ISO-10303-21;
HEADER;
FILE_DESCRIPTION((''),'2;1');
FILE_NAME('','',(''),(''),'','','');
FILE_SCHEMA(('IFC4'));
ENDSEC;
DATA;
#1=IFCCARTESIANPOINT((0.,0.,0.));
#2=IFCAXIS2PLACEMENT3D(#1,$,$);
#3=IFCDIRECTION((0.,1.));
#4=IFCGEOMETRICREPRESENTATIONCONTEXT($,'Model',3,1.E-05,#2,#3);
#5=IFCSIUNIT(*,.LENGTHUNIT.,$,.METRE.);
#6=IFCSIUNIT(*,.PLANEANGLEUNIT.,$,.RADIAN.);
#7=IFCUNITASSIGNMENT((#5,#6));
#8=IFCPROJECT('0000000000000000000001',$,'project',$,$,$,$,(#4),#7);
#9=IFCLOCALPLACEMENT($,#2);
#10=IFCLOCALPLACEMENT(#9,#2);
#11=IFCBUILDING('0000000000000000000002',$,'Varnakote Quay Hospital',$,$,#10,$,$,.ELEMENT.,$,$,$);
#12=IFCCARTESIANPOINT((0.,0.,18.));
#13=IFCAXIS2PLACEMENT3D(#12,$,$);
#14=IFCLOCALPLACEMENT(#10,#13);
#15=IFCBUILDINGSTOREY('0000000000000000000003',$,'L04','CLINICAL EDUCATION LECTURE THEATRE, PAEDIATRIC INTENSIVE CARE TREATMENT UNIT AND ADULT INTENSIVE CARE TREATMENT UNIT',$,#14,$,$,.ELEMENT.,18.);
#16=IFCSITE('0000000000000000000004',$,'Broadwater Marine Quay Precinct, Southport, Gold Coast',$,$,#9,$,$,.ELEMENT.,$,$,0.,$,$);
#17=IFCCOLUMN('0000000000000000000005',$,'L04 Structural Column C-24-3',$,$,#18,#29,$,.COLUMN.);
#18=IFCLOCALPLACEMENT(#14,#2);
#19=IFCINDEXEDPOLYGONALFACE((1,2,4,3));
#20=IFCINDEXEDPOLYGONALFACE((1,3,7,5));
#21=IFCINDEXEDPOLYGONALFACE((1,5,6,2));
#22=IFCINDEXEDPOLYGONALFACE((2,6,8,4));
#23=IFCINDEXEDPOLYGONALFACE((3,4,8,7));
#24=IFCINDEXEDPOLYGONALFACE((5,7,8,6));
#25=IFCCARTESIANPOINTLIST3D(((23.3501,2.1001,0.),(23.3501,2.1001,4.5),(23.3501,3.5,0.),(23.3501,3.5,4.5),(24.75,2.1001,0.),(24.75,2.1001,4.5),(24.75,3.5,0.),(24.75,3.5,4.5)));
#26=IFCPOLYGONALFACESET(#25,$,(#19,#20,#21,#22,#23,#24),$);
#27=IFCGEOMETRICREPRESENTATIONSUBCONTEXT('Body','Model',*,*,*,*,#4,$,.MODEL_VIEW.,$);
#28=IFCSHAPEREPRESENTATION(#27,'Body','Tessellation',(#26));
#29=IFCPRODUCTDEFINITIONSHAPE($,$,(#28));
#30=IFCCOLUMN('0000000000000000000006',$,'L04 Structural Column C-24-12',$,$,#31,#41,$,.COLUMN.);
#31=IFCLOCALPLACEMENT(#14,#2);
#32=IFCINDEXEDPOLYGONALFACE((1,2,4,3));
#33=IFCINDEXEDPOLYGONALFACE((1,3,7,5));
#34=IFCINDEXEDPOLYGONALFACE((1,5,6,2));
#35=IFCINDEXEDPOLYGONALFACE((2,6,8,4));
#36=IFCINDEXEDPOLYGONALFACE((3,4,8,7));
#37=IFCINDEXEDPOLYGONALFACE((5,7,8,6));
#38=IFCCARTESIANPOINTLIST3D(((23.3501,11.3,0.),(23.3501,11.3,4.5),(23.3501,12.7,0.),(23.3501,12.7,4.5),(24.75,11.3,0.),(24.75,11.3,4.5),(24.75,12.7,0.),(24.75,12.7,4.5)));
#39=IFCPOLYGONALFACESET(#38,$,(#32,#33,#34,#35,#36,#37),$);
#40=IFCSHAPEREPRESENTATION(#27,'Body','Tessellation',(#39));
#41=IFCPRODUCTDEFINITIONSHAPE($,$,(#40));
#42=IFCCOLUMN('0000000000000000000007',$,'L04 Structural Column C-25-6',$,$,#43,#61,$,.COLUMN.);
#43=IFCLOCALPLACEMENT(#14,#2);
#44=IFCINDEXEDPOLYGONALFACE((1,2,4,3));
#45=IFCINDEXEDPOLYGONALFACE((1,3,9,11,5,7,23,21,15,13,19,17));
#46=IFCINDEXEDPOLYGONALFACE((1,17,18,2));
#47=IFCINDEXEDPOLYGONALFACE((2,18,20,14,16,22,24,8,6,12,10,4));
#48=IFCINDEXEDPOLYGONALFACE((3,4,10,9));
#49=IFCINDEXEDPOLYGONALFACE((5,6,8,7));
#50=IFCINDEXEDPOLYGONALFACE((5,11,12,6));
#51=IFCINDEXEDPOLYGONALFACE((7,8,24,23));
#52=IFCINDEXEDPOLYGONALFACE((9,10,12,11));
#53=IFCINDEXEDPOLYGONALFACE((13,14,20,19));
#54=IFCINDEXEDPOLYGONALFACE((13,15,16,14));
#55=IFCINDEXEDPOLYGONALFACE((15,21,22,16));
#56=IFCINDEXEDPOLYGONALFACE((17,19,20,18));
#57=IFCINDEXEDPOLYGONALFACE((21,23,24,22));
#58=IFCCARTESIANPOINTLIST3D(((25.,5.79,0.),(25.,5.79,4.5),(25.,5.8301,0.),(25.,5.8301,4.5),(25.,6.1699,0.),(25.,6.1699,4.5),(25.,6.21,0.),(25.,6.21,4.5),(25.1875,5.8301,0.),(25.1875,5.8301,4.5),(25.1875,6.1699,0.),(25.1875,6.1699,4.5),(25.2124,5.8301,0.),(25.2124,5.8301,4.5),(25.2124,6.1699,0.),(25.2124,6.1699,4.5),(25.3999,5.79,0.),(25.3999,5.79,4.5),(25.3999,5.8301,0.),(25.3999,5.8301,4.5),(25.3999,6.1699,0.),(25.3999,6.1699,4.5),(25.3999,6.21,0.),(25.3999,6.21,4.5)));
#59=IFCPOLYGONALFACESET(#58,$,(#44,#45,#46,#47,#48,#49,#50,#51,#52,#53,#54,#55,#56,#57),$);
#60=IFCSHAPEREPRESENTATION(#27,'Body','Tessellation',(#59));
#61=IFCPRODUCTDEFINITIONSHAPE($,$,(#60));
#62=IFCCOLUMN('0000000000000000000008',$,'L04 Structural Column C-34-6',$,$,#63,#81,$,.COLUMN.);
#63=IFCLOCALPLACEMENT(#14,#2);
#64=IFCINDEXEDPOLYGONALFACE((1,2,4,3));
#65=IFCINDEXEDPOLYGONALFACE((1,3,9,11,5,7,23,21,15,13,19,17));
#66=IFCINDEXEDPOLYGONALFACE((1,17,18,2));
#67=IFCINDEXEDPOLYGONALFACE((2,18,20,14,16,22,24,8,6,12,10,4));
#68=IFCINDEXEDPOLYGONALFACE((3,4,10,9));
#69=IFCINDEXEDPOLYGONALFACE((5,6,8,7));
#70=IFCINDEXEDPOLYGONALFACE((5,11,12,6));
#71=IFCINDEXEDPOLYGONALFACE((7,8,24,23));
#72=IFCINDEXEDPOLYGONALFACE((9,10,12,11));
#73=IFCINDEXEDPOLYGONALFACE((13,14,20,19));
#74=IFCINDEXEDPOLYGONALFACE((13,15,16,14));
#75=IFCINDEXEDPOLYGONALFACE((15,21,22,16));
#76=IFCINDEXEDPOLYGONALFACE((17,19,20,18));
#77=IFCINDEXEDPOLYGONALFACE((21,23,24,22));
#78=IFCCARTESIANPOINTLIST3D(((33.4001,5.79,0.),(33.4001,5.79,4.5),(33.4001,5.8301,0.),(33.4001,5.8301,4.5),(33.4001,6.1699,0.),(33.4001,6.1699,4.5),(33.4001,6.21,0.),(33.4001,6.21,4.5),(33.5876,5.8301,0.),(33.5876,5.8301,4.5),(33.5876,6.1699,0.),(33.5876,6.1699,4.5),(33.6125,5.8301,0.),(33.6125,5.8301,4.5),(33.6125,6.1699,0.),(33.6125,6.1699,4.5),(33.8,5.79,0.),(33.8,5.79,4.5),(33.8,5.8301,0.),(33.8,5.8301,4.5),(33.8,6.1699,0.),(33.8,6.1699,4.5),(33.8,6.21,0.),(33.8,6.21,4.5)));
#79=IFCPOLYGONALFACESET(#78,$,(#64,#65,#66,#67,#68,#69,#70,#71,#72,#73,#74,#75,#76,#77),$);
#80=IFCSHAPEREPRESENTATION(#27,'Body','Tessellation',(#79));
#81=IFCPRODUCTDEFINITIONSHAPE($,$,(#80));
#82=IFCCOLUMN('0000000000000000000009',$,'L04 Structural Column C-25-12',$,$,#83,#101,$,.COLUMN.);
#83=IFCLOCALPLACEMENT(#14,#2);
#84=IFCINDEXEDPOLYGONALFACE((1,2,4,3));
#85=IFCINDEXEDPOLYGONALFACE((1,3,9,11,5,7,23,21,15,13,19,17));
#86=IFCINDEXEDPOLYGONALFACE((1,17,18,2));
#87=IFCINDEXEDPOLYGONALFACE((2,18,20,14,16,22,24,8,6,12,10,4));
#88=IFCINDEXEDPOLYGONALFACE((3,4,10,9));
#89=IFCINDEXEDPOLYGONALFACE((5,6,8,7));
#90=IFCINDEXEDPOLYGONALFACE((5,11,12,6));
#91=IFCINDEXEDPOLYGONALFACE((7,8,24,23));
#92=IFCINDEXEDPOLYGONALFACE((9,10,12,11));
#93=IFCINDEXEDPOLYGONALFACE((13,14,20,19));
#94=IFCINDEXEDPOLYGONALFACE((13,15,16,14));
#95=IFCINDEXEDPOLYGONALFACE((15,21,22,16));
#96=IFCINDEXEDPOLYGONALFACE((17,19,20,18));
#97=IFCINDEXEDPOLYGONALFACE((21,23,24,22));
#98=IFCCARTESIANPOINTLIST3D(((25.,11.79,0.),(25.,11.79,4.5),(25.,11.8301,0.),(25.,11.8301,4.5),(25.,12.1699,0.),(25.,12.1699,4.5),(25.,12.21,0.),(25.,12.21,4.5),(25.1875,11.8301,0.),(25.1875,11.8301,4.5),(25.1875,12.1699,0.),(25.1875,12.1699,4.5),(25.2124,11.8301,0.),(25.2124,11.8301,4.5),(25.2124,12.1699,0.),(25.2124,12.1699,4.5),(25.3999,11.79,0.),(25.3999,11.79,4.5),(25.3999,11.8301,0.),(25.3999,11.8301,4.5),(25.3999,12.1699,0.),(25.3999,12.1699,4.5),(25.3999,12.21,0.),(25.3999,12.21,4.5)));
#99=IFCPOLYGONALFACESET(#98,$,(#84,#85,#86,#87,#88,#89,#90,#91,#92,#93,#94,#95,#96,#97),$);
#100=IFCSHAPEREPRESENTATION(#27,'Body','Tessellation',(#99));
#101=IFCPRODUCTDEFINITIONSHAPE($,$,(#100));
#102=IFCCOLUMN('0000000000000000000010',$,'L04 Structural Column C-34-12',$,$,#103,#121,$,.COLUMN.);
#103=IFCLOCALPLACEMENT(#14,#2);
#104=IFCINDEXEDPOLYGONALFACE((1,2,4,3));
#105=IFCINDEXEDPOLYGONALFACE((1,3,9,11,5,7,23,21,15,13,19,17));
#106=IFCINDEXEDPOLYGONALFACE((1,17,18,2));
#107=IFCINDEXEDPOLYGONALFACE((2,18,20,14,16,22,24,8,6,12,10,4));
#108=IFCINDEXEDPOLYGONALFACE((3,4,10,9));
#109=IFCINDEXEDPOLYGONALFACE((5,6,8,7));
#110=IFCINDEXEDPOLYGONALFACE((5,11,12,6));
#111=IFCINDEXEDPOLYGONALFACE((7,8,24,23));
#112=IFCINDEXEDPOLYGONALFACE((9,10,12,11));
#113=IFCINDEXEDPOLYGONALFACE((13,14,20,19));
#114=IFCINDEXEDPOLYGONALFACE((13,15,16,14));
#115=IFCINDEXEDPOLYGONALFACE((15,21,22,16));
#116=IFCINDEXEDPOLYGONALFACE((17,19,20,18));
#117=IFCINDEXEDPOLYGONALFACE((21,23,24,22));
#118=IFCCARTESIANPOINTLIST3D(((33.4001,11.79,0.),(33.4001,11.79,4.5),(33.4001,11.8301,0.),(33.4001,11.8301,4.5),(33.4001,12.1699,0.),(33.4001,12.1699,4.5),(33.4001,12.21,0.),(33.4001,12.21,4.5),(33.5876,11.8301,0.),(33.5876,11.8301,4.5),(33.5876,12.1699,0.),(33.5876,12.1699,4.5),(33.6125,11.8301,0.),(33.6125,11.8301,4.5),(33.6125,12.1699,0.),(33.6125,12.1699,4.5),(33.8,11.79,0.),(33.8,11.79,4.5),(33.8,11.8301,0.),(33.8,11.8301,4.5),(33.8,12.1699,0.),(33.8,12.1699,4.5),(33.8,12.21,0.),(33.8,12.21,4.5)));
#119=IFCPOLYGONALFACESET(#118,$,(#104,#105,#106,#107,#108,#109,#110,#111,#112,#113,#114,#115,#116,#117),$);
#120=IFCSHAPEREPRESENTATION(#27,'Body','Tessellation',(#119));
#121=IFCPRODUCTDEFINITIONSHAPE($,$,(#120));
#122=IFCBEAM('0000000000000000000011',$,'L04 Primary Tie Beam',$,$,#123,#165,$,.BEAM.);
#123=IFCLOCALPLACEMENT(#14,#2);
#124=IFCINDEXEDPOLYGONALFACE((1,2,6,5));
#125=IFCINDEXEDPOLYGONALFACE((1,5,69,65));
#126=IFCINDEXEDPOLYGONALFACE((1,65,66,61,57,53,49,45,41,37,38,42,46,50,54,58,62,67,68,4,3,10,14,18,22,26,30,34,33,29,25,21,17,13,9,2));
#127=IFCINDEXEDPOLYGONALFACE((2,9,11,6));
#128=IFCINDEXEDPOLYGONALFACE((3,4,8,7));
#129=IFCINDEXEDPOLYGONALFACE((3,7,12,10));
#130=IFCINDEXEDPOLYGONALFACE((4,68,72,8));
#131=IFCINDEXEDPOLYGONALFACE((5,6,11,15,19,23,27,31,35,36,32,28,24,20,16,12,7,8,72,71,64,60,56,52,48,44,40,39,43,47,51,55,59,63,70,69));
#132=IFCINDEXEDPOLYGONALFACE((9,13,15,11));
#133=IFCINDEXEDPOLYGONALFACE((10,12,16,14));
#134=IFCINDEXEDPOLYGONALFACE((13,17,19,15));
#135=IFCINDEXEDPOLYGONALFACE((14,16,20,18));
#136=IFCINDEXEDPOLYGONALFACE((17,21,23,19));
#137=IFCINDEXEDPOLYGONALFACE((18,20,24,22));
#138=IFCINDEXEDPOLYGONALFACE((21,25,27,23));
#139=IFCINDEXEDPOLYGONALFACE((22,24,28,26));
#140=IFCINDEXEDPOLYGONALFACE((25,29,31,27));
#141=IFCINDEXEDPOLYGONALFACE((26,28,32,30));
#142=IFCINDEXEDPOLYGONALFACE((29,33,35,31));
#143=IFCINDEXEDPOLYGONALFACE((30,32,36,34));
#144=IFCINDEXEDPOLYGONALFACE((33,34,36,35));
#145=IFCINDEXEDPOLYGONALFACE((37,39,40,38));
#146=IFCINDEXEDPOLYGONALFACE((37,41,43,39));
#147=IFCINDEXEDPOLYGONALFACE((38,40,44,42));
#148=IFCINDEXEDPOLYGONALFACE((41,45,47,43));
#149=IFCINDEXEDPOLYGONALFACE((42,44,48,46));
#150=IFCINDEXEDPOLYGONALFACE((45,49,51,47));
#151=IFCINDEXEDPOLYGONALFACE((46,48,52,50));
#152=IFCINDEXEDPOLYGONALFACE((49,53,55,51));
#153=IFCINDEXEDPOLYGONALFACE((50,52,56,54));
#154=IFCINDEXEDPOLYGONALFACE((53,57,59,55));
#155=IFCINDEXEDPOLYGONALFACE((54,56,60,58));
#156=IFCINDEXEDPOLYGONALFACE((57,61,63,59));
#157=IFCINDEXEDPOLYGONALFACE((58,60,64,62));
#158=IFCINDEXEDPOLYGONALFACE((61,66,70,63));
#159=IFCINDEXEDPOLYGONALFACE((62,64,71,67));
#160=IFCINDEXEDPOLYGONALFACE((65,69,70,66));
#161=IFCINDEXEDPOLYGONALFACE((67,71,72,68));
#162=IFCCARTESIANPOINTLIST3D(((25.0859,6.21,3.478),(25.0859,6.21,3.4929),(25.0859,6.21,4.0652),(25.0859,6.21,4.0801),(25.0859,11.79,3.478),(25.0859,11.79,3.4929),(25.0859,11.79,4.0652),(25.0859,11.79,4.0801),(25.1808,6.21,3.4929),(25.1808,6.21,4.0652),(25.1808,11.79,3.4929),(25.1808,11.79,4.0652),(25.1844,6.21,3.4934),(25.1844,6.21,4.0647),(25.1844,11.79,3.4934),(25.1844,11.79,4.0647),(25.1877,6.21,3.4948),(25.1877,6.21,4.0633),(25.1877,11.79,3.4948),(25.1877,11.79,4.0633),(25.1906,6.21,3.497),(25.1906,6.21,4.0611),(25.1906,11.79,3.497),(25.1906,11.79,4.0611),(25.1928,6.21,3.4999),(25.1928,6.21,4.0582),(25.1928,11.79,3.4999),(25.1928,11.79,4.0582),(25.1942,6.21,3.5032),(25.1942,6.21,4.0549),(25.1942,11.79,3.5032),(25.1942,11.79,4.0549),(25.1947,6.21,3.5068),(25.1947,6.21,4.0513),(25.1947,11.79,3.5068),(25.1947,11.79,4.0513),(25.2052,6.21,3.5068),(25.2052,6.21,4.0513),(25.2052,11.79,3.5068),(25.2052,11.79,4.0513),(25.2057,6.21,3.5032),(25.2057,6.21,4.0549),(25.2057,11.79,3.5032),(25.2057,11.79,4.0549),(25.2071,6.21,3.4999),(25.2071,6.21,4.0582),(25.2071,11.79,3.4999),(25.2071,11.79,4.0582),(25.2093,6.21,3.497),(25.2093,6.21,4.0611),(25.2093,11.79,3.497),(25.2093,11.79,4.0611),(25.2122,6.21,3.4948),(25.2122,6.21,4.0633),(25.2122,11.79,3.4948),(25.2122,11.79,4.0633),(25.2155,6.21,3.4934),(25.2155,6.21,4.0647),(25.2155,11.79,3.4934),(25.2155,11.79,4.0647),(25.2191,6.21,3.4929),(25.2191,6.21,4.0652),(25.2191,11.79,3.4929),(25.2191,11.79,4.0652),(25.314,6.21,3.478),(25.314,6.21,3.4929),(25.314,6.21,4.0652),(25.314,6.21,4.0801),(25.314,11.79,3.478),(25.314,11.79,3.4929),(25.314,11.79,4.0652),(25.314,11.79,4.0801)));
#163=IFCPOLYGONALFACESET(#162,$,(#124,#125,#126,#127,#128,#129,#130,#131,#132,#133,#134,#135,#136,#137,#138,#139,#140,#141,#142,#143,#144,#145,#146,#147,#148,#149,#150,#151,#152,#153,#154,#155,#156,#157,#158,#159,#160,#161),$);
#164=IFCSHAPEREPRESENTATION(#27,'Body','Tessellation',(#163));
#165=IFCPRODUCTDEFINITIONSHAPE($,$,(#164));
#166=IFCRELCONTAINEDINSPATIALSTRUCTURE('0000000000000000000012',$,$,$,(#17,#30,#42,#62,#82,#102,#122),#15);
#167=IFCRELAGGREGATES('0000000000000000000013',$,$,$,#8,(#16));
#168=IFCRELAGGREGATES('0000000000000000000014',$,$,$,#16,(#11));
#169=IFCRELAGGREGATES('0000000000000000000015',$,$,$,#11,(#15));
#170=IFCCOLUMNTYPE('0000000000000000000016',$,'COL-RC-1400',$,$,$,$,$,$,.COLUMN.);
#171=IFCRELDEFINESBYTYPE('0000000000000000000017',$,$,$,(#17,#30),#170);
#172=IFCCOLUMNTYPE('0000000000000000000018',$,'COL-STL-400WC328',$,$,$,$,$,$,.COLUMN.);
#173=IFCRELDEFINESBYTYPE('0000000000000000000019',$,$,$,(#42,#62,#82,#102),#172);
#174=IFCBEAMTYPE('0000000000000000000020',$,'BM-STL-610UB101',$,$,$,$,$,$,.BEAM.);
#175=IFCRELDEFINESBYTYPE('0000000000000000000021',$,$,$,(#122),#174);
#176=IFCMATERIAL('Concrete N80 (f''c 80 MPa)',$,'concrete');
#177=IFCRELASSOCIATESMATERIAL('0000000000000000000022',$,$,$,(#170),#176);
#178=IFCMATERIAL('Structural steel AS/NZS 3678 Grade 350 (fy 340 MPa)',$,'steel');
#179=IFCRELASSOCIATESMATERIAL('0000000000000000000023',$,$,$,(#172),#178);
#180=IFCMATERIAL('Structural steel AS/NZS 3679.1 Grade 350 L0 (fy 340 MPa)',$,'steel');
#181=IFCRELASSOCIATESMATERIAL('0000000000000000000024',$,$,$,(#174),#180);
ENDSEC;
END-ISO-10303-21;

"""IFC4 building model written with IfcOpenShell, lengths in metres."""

from ifc_helpers import new_model, si_unit, direction, frame, origin, origin_2d, place, context, subcontext, project, spatial, rectangle, i_section, extrude, material, material_profile, profile_set, type_object, element, save


model = new_model("IFC4")

# Units and contexts
model_context = context("Model", 3, precision=1e-05, world=origin(), true_north=direction((0.0, 1.0)))
body_context = subcontext(model_context, "Body", "Model", "MODEL_VIEW")
ifc_project = project(units=[si_unit("LENGTHUNIT", "METRE"), si_unit("PLANEANGLEUNIT", "RADIAN")], contexts=[model_context])

# Site, building, storey
site_placement = place(None, origin())
site = spatial("IfcSite", under=ifc_project, at=site_placement, Name="Broadwater Marine Quay Precinct, Southport, Gold Coast", CompositionType="ELEMENT", RefElevation=0.0)
building_placement = place(site_placement, origin())
building = spatial("IfcBuilding", under=site, at=building_placement, Name="Varnakote Quay Hospital", CompositionType="ELEMENT")
storey_placement = place(building_placement, frame((0.0, 0.0, 18.0)))
storey = spatial("IfcBuildingStorey", under=building, at=storey_placement, Name="L04", Description="CLINICAL EDUCATION LECTURE THEATRE, PAEDIATRIC INTENSIVE CARE TREATMENT UNIT AND ADULT INTENSIVE CARE TREATMENT UNIT", CompositionType="ELEMENT", Elevation=18.0)

# Columns
ifc_material_1 = material(Name="Concrete N80 (f'c 80 MPa)", Category="concrete")
ifc_material_profile_1 = material_profile(ifc_material_1, rectangle(XDim=1.3999, YDim=1.3999, at=origin_2d()), Name="RC-COL-1400x1400")
ifc_profile_set_1 = profile_set([ifc_material_profile_1], Name="Concrete N80 (f'c 80 MPa)")
column_type_1 = type_object("IfcColumnType", Name="COL-RC-1400", PredefinedType="COLUMN", material=ifc_profile_set_1)
for number, where, z_axis, x_axis, name in (
    (1, (24.05, 2.8, 0.0), (0.0, 0.0, 1.0), (1.0, 0.0, 0.0), "L04 Structural Column C-24-3"),
    (2, (24.05, 12.0, 0.0), (0.0, 0.0, 1.0), (1.0, 0.0, 0.0), "L04 Structural Column C-24-12"),
):
    element("IfcColumn", number, at=place(storey_placement, frame(where, z_axis=z_axis, x_axis=x_axis)), inside=storey, type_object=column_type_1, Name=name, PredefinedType="COLUMN", context=body_context, shape_type="SweptSolid", body=[
        extrude(rectangle(XDim=1.3999, YDim=1.3999, at=origin_2d()), origin(), (0.0, 0.0, 1.0), 4.5),
    ])
ifc_material_2 = material(Name="Structural steel AS/NZS 3678 Grade 350 (fy 340 MPa)", Category="steel")
ifc_material_profile_2 = material_profile(ifc_material_2, i_section(OverallWidth=0.3999, OverallDepth=0.4199, WebThickness=0.0249, FlangeThickness=0.04, at=origin_2d()), Name="400WC328")
ifc_profile_set_2 = profile_set([ifc_material_profile_2], Name="Structural steel AS/NZS 3678 Grade 350 (fy 340 MPa)")
column_type_2 = type_object("IfcColumnType", Name="COL-STL-400WC328", PredefinedType="COLUMN", material=ifc_profile_set_2)
for number, where, z_axis, x_axis, name in (
    (3, (25.2, 6.0, 0.0), (0.0, 0.0, 1.0), (1.0, 0.0, 0.0), "L04 Structural Column C-25-6"),
    (4, (33.6001, 6.0, 0.0), (0.0, 0.0, 1.0), (1.0, 0.0, 0.0), "L04 Structural Column C-34-6"),
    (5, (25.2, 12.0, 0.0), (0.0, 0.0, 1.0), (1.0, 0.0, 0.0), "L04 Structural Column C-25-12"),
    (6, (33.6001, 12.0, 0.0), (0.0, 0.0, 1.0), (1.0, 0.0, 0.0), "L04 Structural Column C-34-12"),
):
    element("IfcColumn", number, at=place(storey_placement, frame(where, z_axis=z_axis, x_axis=x_axis)), inside=storey, type_object=column_type_2, Name=name, PredefinedType="COLUMN", context=body_context, shape_type="SweptSolid", body=[
        extrude(i_section(OverallWidth=0.3999, OverallDepth=0.4199, WebThickness=0.0249, FlangeThickness=0.04, at=origin_2d()), origin(), (0.0, 0.0, 1.0), 4.5),
    ])

# Beam
ifc_material_3 = material(Name="Structural steel AS/NZS 3679.1 Grade 350 L0 (fy 340 MPa)", Category="steel")
ifc_material_profile_3 = material_profile(ifc_material_3, i_section(OverallWidth=0.228, OverallDepth=0.6021, WebThickness=0.0105, FlangeThickness=0.0149, FilletRadius=0.0139, at=origin_2d()), Name="610UB101")
ifc_profile_set_3 = profile_set([ifc_material_profile_3], Name="Structural steel AS/NZS 3679.1 Grade 350 L0 (fy 340 MPa)")
beam_type_1 = type_object("IfcBeamType", Name="BM-STL-610UB101", PredefinedType="BEAM", material=ifc_profile_set_3)
beam_1_placement = place(storey_placement, frame((25.2, 6.21, 3.7791), z_axis=(0.0, 1.0, 0.0), x_axis=(-1.0, 0.0, 0.0)))
element("IfcBeam", 7, at=beam_1_placement, inside=storey, type_object=beam_type_1, Name="L04 Primary Tie Beam", PredefinedType="BEAM", context=body_context, shape_type="SweptSolid", body=[
    extrude(i_section(OverallWidth=0.228, OverallDepth=0.6021, WebThickness=0.0105, FlangeThickness=0.0149, FilletRadius=0.0139, at=origin_2d()), origin(), (0.0, 0.0, 1.0), 5.5801),
])

save(model, "model.ifc")
